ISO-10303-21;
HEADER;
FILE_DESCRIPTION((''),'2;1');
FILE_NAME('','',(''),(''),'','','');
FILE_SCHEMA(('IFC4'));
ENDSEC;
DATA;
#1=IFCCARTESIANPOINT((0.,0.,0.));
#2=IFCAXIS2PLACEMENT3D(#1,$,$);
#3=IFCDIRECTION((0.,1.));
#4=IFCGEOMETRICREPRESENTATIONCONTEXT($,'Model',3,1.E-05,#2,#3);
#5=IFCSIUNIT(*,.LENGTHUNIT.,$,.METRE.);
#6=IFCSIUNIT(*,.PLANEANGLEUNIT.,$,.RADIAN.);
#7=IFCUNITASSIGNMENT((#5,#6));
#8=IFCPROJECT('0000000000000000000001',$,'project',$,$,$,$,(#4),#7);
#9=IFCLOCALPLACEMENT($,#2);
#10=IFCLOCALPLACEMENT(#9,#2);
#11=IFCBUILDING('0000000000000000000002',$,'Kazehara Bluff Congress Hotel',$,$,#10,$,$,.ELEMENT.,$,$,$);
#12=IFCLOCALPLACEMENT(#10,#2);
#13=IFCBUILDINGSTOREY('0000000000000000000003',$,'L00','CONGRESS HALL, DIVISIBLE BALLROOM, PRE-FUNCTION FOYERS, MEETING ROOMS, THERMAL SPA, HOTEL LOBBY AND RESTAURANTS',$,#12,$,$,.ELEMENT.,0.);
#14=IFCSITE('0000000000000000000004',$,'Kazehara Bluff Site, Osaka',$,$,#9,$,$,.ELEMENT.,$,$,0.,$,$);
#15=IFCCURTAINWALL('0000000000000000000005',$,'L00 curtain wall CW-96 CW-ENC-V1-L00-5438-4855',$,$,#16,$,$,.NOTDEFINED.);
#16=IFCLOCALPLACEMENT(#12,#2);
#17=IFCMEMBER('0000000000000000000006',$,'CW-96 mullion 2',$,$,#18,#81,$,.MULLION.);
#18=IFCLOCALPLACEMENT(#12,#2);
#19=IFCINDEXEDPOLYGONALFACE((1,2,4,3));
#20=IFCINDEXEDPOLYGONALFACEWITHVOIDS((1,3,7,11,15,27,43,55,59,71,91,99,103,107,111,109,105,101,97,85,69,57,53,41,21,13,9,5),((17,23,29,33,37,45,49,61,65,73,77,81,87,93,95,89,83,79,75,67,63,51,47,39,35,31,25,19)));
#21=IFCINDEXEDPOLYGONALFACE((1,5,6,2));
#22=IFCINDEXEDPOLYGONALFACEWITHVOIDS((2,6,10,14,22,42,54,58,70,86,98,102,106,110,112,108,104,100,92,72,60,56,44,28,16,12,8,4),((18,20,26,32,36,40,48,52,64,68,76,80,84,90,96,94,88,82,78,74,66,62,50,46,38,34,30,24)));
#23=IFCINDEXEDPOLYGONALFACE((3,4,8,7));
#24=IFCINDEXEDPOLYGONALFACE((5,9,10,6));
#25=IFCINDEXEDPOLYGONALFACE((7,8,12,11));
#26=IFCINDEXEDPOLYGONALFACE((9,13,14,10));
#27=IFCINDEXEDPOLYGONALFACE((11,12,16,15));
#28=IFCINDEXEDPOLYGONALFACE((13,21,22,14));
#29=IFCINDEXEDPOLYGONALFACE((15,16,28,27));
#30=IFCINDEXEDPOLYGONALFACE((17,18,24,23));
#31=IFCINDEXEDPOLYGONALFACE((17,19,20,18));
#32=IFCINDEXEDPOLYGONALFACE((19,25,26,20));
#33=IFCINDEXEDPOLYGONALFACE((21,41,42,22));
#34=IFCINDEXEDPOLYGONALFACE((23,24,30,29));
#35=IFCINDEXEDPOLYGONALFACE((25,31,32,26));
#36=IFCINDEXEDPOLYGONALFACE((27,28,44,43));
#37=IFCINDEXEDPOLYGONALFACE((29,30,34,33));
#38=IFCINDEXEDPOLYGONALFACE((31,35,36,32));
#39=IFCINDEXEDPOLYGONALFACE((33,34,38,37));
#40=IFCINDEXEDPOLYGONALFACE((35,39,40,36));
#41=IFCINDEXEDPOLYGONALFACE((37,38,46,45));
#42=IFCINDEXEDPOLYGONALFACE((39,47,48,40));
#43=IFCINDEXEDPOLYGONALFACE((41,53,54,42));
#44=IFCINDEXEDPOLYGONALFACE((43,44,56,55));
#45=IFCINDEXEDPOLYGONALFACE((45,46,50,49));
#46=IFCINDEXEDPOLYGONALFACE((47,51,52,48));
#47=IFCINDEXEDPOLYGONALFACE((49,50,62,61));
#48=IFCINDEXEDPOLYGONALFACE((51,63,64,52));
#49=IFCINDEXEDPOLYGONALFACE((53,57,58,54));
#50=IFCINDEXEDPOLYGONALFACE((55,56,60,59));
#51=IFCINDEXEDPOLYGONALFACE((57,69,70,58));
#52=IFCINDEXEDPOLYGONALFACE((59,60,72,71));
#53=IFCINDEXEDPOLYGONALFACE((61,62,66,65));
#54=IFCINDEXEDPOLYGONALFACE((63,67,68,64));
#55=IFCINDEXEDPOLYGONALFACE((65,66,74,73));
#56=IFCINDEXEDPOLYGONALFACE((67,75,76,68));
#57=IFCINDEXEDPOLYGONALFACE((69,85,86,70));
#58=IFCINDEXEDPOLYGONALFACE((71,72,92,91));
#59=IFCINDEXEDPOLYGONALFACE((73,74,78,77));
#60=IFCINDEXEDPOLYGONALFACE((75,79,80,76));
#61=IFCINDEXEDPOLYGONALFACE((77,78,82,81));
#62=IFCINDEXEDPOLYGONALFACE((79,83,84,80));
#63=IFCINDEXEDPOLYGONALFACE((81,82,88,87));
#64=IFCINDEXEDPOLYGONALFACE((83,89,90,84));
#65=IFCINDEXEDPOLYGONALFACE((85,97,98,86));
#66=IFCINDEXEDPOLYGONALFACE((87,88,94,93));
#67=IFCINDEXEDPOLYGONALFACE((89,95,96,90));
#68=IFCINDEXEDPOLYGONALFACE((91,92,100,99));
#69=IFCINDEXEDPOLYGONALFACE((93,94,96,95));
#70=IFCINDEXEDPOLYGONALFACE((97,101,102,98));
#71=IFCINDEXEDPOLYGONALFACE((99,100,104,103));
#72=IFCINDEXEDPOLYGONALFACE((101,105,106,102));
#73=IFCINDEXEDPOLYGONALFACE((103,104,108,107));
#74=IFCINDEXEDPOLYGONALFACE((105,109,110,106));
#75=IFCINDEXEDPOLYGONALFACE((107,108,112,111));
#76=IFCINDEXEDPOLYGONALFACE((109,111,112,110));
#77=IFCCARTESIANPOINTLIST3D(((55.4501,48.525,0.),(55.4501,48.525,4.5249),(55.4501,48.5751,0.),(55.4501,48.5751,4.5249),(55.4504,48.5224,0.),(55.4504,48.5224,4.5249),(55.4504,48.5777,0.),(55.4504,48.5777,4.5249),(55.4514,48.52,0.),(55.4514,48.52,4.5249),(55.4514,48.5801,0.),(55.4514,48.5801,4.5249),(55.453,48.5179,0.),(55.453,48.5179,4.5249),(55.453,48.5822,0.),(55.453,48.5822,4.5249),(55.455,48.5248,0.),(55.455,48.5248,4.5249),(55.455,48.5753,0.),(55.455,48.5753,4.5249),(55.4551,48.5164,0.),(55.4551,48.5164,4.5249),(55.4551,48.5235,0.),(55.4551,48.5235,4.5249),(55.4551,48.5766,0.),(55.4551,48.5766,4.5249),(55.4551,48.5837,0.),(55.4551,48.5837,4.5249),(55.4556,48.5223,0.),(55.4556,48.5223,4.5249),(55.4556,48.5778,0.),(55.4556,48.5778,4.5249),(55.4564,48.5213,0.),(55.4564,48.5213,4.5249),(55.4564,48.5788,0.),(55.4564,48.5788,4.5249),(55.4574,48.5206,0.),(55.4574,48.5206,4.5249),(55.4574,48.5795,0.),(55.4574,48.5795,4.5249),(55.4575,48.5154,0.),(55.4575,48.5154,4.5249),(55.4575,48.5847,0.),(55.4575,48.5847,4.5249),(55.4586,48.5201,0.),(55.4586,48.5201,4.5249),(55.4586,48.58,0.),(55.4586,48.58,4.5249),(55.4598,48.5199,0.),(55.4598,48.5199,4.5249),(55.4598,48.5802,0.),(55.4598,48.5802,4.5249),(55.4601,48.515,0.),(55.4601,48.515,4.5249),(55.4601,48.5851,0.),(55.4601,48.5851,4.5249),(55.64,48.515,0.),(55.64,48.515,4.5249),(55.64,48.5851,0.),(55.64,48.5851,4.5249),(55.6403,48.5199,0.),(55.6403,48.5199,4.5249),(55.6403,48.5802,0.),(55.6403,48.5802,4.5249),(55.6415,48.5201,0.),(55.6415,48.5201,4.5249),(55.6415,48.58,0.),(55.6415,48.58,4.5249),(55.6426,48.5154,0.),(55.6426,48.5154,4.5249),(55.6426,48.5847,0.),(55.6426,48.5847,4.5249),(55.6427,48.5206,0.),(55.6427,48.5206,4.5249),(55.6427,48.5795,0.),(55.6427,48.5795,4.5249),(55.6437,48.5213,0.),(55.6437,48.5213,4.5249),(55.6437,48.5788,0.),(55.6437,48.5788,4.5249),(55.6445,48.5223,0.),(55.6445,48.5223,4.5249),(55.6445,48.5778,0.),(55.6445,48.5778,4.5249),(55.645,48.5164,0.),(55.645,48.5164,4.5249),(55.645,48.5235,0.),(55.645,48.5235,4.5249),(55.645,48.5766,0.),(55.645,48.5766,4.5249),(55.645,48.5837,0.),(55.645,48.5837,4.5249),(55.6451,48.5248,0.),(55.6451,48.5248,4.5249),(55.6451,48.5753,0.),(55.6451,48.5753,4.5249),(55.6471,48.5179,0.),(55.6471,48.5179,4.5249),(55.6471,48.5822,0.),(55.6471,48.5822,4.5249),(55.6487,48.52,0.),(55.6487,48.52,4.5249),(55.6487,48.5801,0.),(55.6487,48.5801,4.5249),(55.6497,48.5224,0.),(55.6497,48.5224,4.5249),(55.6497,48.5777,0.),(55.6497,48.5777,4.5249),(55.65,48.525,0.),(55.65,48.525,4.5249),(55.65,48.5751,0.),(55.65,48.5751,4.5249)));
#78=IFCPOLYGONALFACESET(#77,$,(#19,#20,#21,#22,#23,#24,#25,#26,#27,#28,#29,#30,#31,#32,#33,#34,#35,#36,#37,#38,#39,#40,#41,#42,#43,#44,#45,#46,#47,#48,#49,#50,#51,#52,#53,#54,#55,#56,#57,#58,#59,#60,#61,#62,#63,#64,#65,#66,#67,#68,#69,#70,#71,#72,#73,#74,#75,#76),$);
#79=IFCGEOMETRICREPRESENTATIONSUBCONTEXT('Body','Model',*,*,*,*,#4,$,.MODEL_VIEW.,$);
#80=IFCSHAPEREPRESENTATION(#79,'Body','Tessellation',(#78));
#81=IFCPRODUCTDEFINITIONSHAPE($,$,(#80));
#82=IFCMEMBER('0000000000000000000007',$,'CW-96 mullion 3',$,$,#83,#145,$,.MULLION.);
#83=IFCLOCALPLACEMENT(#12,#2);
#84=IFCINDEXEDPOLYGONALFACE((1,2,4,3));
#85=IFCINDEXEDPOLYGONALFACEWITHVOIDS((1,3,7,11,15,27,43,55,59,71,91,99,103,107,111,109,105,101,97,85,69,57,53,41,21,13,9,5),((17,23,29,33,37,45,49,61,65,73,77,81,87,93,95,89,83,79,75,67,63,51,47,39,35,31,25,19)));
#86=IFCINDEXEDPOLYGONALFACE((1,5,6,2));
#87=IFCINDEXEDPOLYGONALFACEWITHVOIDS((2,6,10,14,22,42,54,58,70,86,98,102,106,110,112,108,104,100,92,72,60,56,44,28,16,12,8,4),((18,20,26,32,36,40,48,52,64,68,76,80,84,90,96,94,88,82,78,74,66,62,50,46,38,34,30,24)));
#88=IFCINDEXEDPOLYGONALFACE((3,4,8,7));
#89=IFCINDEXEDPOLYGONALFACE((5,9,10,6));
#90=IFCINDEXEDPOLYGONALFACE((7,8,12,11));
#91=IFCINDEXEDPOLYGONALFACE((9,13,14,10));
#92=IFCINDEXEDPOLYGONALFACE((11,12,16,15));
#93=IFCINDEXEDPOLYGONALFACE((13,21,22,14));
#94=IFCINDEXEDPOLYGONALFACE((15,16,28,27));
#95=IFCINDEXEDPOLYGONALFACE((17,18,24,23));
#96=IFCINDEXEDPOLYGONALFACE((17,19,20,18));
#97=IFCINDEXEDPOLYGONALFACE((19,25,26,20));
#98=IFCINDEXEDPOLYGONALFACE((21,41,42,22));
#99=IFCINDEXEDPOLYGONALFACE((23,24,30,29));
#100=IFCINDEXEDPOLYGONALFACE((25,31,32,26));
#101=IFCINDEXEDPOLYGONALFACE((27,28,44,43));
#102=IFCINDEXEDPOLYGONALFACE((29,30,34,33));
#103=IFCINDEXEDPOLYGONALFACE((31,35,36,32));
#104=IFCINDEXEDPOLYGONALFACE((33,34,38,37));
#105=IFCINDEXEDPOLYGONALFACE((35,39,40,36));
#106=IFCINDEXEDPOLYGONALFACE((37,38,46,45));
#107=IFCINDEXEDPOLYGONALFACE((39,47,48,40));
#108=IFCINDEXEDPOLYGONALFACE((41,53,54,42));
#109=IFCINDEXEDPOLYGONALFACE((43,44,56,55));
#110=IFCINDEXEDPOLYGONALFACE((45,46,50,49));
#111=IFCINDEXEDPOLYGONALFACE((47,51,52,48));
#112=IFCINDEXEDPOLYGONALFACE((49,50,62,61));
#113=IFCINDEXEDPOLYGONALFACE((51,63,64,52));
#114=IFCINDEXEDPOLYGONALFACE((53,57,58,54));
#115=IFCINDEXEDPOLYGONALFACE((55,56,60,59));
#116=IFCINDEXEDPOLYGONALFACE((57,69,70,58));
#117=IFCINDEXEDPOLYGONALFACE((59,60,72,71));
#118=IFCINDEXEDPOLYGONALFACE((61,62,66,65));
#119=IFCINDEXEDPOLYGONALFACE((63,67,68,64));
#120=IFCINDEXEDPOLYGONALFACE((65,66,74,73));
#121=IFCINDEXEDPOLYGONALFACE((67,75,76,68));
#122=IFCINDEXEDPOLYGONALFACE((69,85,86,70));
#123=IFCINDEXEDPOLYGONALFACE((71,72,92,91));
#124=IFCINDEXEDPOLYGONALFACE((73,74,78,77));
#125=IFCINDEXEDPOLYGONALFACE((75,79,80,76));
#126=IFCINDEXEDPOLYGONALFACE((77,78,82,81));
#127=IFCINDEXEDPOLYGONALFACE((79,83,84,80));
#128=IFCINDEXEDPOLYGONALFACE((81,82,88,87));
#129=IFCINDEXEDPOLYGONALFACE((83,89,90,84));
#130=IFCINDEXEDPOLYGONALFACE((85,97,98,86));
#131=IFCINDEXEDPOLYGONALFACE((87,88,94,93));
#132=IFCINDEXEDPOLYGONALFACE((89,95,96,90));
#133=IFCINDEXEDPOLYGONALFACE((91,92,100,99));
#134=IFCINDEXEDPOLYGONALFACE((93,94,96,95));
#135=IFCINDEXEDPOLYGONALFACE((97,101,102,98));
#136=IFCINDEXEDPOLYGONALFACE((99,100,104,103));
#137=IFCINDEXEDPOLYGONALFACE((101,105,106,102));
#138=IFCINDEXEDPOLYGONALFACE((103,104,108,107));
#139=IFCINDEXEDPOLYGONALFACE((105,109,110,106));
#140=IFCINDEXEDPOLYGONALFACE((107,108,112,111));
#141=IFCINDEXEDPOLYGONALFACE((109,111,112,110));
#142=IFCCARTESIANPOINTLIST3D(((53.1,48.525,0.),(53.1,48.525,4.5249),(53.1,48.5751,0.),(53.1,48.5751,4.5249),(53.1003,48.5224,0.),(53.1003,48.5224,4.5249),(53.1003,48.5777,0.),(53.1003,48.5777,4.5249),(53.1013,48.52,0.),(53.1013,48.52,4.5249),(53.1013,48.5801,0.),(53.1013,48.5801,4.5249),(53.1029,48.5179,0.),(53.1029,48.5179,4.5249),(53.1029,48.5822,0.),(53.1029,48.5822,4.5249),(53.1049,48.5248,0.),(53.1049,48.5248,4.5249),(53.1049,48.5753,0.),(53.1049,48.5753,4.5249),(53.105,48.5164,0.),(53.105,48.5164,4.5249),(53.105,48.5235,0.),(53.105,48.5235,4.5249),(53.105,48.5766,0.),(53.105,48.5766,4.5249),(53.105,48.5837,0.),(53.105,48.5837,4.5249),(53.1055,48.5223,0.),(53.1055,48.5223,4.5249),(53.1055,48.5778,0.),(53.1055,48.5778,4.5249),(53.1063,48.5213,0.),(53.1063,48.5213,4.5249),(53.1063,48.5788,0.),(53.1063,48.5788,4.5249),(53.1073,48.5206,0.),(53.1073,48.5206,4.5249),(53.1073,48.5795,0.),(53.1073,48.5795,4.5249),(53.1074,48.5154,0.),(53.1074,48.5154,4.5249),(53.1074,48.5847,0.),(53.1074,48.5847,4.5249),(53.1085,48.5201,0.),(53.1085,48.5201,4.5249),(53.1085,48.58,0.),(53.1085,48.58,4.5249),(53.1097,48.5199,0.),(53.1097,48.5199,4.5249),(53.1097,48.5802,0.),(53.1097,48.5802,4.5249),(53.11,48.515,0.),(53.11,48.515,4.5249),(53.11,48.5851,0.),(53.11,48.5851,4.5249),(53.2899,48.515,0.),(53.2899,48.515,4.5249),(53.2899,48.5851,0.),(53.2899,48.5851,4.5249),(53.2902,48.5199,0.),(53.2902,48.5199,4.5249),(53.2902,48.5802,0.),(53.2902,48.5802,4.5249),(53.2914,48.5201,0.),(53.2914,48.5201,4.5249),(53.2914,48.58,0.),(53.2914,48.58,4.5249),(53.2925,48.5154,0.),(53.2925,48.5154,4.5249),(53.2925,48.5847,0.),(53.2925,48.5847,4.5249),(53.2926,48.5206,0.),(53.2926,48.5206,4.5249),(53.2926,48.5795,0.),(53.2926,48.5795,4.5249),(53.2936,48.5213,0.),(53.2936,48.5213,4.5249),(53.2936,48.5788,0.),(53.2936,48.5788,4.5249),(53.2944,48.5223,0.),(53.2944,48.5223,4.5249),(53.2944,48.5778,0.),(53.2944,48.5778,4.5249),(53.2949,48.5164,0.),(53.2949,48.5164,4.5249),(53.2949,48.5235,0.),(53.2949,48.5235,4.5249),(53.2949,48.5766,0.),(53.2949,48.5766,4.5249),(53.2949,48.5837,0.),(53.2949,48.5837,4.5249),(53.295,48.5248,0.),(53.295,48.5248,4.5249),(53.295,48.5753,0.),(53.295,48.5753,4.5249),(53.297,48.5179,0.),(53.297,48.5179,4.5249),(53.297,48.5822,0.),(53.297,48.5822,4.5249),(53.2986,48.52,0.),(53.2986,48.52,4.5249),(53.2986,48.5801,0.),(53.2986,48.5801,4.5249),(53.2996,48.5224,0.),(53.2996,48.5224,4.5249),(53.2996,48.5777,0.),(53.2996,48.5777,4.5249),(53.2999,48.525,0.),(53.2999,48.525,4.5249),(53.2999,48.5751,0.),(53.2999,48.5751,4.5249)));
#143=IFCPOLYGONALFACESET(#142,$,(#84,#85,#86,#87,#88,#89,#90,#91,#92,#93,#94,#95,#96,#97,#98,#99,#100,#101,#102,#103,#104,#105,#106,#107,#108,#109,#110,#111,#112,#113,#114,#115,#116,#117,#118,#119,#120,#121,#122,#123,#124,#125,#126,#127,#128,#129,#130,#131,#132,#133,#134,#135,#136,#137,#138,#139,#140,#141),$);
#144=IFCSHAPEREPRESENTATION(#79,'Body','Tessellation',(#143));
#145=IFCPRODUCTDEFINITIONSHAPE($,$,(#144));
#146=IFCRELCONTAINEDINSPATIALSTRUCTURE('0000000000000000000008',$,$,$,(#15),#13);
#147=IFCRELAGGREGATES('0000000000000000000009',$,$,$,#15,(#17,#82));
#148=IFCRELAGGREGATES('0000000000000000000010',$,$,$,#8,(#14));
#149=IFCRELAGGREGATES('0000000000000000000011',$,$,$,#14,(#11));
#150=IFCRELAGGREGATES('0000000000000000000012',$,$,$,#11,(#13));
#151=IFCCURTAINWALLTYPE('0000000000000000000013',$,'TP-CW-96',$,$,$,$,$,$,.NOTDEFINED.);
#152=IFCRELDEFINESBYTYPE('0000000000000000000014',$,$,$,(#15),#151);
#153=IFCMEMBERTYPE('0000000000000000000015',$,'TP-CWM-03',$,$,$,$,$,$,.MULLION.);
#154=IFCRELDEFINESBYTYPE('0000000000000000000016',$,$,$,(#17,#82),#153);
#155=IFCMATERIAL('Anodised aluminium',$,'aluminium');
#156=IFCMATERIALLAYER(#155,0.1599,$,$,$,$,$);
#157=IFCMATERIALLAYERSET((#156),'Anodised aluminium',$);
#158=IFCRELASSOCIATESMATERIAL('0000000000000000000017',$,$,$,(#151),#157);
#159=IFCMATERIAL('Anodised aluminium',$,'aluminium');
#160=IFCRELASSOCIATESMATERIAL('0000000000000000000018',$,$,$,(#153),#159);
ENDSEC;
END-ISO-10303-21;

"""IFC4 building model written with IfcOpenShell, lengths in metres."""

from ifc_helpers import new_model, si_unit, direction, frame, origin, origin_2d, place, context, subcontext, project, spatial, hollow_rectangle, extrude, material, layer, layer_set, material_profile, profile_set, type_object, element, aggregate, save


model = new_model("IFC4")

# Units and contexts
model_context = context("Model", 3, precision=1e-05, world=origin(), true_north=direction((0.0, 1.0)))
body_context = subcontext(model_context, "Body", "Model", "MODEL_VIEW")
ifc_project = project(units=[si_unit("LENGTHUNIT", "METRE"), si_unit("PLANEANGLEUNIT", "RADIAN")], contexts=[model_context])

# Site, building, storey
site_placement = place(None, origin())
site = spatial("IfcSite", under=ifc_project, at=site_placement, Name="Kazehara Bluff Site, Osaka", CompositionType="ELEMENT", RefElevation=0.0)
building_placement = place(site_placement, origin())
building = spatial("IfcBuilding", under=site, at=building_placement, Name="Kazehara Bluff Congress Hotel", CompositionType="ELEMENT")
storey_placement = place(building_placement, origin())
storey = spatial("IfcBuildingStorey", under=building, at=storey_placement, Name="L00", Description="CONGRESS HALL, DIVISIBLE BALLROOM, PRE-FUNCTION FOYERS, MEETING ROOMS, THERMAL SPA, HOTEL LOBBY AND RESTAURANTS", CompositionType="ELEMENT", Elevation=0.0)

# Curtain wall, members
ifc_material_1 = material(Name="Anodised aluminium", Category="aluminium")
ifc_layer_1 = layer(ifc_material_1, 0.1599)
ifc_layer_set_1 = layer_set([ifc_layer_1], Name="Anodised aluminium")
curtain_wall_type = type_object("IfcCurtainWallType", Name="TP-CW-96", PredefinedType="NOTDEFINED", material=ifc_layer_set_1)
curtain_wall_placement = place(storey_placement, origin())
curtain_wall = element("IfcCurtainWall", 1, at=curtain_wall_placement, inside=storey, type_object=curtain_wall_type, Name="L00 curtain wall CW-96 CW-ENC-V1-L00-5438-4855", PredefinedType="NOTDEFINED")
ifc_material_2 = material(Name="Anodised aluminium", Category="aluminium")
ifc_material_profile_1 = material_profile(ifc_material_2, hollow_rectangle(XDim=0.0701, YDim=0.2, WallThickness=0.0049, InnerFilletRadius=0.0049, OuterFilletRadius=0.01, at=origin_2d()))
ifc_profile_set_1 = profile_set([ifc_material_profile_1], Name="Anodised aluminium")
member_type_1 = type_object("IfcMemberType", Name="TP-CWM-03", PredefinedType="MULLION", material=ifc_profile_set_1)
member_1_placement = place(storey_placement, frame((55.55, 48.55, 0.0), z_axis=(0.0, 0.0, 1.0), x_axis=(0.0, -1.0, 0.0)))
member_1 = element("IfcMember", 2, at=member_1_placement, type_object=member_type_1, Name="CW-96 mullion 2", PredefinedType="MULLION", context=body_context, shape_type="SweptSolid", body=[
    extrude(hollow_rectangle(XDim=0.0701, YDim=0.2, WallThickness=0.0049, InnerFilletRadius=0.0049, OuterFilletRadius=0.01, at=origin_2d()), origin(), (0.0, 0.0, 1.0), 4.5249),
])
member_2_placement = place(storey_placement, frame((53.2, 48.55, 0.0), z_axis=(0.0, 0.0, 1.0), x_axis=(0.0, -1.0, 0.0)))
member_2 = element("IfcMember", 3, at=member_2_placement, type_object=member_type_1, Name="CW-96 mullion 3", PredefinedType="MULLION", context=body_context, shape_type="SweptSolid", body=[
    extrude(hollow_rectangle(XDim=0.0701, YDim=0.2, WallThickness=0.0049, InnerFilletRadius=0.0049, OuterFilletRadius=0.01, at=origin_2d()), origin(), (0.0, 0.0, 1.0), 4.5249),
])
aggregate(curtain_wall, [member_1, member_2])

save(model, "model.ifc")
